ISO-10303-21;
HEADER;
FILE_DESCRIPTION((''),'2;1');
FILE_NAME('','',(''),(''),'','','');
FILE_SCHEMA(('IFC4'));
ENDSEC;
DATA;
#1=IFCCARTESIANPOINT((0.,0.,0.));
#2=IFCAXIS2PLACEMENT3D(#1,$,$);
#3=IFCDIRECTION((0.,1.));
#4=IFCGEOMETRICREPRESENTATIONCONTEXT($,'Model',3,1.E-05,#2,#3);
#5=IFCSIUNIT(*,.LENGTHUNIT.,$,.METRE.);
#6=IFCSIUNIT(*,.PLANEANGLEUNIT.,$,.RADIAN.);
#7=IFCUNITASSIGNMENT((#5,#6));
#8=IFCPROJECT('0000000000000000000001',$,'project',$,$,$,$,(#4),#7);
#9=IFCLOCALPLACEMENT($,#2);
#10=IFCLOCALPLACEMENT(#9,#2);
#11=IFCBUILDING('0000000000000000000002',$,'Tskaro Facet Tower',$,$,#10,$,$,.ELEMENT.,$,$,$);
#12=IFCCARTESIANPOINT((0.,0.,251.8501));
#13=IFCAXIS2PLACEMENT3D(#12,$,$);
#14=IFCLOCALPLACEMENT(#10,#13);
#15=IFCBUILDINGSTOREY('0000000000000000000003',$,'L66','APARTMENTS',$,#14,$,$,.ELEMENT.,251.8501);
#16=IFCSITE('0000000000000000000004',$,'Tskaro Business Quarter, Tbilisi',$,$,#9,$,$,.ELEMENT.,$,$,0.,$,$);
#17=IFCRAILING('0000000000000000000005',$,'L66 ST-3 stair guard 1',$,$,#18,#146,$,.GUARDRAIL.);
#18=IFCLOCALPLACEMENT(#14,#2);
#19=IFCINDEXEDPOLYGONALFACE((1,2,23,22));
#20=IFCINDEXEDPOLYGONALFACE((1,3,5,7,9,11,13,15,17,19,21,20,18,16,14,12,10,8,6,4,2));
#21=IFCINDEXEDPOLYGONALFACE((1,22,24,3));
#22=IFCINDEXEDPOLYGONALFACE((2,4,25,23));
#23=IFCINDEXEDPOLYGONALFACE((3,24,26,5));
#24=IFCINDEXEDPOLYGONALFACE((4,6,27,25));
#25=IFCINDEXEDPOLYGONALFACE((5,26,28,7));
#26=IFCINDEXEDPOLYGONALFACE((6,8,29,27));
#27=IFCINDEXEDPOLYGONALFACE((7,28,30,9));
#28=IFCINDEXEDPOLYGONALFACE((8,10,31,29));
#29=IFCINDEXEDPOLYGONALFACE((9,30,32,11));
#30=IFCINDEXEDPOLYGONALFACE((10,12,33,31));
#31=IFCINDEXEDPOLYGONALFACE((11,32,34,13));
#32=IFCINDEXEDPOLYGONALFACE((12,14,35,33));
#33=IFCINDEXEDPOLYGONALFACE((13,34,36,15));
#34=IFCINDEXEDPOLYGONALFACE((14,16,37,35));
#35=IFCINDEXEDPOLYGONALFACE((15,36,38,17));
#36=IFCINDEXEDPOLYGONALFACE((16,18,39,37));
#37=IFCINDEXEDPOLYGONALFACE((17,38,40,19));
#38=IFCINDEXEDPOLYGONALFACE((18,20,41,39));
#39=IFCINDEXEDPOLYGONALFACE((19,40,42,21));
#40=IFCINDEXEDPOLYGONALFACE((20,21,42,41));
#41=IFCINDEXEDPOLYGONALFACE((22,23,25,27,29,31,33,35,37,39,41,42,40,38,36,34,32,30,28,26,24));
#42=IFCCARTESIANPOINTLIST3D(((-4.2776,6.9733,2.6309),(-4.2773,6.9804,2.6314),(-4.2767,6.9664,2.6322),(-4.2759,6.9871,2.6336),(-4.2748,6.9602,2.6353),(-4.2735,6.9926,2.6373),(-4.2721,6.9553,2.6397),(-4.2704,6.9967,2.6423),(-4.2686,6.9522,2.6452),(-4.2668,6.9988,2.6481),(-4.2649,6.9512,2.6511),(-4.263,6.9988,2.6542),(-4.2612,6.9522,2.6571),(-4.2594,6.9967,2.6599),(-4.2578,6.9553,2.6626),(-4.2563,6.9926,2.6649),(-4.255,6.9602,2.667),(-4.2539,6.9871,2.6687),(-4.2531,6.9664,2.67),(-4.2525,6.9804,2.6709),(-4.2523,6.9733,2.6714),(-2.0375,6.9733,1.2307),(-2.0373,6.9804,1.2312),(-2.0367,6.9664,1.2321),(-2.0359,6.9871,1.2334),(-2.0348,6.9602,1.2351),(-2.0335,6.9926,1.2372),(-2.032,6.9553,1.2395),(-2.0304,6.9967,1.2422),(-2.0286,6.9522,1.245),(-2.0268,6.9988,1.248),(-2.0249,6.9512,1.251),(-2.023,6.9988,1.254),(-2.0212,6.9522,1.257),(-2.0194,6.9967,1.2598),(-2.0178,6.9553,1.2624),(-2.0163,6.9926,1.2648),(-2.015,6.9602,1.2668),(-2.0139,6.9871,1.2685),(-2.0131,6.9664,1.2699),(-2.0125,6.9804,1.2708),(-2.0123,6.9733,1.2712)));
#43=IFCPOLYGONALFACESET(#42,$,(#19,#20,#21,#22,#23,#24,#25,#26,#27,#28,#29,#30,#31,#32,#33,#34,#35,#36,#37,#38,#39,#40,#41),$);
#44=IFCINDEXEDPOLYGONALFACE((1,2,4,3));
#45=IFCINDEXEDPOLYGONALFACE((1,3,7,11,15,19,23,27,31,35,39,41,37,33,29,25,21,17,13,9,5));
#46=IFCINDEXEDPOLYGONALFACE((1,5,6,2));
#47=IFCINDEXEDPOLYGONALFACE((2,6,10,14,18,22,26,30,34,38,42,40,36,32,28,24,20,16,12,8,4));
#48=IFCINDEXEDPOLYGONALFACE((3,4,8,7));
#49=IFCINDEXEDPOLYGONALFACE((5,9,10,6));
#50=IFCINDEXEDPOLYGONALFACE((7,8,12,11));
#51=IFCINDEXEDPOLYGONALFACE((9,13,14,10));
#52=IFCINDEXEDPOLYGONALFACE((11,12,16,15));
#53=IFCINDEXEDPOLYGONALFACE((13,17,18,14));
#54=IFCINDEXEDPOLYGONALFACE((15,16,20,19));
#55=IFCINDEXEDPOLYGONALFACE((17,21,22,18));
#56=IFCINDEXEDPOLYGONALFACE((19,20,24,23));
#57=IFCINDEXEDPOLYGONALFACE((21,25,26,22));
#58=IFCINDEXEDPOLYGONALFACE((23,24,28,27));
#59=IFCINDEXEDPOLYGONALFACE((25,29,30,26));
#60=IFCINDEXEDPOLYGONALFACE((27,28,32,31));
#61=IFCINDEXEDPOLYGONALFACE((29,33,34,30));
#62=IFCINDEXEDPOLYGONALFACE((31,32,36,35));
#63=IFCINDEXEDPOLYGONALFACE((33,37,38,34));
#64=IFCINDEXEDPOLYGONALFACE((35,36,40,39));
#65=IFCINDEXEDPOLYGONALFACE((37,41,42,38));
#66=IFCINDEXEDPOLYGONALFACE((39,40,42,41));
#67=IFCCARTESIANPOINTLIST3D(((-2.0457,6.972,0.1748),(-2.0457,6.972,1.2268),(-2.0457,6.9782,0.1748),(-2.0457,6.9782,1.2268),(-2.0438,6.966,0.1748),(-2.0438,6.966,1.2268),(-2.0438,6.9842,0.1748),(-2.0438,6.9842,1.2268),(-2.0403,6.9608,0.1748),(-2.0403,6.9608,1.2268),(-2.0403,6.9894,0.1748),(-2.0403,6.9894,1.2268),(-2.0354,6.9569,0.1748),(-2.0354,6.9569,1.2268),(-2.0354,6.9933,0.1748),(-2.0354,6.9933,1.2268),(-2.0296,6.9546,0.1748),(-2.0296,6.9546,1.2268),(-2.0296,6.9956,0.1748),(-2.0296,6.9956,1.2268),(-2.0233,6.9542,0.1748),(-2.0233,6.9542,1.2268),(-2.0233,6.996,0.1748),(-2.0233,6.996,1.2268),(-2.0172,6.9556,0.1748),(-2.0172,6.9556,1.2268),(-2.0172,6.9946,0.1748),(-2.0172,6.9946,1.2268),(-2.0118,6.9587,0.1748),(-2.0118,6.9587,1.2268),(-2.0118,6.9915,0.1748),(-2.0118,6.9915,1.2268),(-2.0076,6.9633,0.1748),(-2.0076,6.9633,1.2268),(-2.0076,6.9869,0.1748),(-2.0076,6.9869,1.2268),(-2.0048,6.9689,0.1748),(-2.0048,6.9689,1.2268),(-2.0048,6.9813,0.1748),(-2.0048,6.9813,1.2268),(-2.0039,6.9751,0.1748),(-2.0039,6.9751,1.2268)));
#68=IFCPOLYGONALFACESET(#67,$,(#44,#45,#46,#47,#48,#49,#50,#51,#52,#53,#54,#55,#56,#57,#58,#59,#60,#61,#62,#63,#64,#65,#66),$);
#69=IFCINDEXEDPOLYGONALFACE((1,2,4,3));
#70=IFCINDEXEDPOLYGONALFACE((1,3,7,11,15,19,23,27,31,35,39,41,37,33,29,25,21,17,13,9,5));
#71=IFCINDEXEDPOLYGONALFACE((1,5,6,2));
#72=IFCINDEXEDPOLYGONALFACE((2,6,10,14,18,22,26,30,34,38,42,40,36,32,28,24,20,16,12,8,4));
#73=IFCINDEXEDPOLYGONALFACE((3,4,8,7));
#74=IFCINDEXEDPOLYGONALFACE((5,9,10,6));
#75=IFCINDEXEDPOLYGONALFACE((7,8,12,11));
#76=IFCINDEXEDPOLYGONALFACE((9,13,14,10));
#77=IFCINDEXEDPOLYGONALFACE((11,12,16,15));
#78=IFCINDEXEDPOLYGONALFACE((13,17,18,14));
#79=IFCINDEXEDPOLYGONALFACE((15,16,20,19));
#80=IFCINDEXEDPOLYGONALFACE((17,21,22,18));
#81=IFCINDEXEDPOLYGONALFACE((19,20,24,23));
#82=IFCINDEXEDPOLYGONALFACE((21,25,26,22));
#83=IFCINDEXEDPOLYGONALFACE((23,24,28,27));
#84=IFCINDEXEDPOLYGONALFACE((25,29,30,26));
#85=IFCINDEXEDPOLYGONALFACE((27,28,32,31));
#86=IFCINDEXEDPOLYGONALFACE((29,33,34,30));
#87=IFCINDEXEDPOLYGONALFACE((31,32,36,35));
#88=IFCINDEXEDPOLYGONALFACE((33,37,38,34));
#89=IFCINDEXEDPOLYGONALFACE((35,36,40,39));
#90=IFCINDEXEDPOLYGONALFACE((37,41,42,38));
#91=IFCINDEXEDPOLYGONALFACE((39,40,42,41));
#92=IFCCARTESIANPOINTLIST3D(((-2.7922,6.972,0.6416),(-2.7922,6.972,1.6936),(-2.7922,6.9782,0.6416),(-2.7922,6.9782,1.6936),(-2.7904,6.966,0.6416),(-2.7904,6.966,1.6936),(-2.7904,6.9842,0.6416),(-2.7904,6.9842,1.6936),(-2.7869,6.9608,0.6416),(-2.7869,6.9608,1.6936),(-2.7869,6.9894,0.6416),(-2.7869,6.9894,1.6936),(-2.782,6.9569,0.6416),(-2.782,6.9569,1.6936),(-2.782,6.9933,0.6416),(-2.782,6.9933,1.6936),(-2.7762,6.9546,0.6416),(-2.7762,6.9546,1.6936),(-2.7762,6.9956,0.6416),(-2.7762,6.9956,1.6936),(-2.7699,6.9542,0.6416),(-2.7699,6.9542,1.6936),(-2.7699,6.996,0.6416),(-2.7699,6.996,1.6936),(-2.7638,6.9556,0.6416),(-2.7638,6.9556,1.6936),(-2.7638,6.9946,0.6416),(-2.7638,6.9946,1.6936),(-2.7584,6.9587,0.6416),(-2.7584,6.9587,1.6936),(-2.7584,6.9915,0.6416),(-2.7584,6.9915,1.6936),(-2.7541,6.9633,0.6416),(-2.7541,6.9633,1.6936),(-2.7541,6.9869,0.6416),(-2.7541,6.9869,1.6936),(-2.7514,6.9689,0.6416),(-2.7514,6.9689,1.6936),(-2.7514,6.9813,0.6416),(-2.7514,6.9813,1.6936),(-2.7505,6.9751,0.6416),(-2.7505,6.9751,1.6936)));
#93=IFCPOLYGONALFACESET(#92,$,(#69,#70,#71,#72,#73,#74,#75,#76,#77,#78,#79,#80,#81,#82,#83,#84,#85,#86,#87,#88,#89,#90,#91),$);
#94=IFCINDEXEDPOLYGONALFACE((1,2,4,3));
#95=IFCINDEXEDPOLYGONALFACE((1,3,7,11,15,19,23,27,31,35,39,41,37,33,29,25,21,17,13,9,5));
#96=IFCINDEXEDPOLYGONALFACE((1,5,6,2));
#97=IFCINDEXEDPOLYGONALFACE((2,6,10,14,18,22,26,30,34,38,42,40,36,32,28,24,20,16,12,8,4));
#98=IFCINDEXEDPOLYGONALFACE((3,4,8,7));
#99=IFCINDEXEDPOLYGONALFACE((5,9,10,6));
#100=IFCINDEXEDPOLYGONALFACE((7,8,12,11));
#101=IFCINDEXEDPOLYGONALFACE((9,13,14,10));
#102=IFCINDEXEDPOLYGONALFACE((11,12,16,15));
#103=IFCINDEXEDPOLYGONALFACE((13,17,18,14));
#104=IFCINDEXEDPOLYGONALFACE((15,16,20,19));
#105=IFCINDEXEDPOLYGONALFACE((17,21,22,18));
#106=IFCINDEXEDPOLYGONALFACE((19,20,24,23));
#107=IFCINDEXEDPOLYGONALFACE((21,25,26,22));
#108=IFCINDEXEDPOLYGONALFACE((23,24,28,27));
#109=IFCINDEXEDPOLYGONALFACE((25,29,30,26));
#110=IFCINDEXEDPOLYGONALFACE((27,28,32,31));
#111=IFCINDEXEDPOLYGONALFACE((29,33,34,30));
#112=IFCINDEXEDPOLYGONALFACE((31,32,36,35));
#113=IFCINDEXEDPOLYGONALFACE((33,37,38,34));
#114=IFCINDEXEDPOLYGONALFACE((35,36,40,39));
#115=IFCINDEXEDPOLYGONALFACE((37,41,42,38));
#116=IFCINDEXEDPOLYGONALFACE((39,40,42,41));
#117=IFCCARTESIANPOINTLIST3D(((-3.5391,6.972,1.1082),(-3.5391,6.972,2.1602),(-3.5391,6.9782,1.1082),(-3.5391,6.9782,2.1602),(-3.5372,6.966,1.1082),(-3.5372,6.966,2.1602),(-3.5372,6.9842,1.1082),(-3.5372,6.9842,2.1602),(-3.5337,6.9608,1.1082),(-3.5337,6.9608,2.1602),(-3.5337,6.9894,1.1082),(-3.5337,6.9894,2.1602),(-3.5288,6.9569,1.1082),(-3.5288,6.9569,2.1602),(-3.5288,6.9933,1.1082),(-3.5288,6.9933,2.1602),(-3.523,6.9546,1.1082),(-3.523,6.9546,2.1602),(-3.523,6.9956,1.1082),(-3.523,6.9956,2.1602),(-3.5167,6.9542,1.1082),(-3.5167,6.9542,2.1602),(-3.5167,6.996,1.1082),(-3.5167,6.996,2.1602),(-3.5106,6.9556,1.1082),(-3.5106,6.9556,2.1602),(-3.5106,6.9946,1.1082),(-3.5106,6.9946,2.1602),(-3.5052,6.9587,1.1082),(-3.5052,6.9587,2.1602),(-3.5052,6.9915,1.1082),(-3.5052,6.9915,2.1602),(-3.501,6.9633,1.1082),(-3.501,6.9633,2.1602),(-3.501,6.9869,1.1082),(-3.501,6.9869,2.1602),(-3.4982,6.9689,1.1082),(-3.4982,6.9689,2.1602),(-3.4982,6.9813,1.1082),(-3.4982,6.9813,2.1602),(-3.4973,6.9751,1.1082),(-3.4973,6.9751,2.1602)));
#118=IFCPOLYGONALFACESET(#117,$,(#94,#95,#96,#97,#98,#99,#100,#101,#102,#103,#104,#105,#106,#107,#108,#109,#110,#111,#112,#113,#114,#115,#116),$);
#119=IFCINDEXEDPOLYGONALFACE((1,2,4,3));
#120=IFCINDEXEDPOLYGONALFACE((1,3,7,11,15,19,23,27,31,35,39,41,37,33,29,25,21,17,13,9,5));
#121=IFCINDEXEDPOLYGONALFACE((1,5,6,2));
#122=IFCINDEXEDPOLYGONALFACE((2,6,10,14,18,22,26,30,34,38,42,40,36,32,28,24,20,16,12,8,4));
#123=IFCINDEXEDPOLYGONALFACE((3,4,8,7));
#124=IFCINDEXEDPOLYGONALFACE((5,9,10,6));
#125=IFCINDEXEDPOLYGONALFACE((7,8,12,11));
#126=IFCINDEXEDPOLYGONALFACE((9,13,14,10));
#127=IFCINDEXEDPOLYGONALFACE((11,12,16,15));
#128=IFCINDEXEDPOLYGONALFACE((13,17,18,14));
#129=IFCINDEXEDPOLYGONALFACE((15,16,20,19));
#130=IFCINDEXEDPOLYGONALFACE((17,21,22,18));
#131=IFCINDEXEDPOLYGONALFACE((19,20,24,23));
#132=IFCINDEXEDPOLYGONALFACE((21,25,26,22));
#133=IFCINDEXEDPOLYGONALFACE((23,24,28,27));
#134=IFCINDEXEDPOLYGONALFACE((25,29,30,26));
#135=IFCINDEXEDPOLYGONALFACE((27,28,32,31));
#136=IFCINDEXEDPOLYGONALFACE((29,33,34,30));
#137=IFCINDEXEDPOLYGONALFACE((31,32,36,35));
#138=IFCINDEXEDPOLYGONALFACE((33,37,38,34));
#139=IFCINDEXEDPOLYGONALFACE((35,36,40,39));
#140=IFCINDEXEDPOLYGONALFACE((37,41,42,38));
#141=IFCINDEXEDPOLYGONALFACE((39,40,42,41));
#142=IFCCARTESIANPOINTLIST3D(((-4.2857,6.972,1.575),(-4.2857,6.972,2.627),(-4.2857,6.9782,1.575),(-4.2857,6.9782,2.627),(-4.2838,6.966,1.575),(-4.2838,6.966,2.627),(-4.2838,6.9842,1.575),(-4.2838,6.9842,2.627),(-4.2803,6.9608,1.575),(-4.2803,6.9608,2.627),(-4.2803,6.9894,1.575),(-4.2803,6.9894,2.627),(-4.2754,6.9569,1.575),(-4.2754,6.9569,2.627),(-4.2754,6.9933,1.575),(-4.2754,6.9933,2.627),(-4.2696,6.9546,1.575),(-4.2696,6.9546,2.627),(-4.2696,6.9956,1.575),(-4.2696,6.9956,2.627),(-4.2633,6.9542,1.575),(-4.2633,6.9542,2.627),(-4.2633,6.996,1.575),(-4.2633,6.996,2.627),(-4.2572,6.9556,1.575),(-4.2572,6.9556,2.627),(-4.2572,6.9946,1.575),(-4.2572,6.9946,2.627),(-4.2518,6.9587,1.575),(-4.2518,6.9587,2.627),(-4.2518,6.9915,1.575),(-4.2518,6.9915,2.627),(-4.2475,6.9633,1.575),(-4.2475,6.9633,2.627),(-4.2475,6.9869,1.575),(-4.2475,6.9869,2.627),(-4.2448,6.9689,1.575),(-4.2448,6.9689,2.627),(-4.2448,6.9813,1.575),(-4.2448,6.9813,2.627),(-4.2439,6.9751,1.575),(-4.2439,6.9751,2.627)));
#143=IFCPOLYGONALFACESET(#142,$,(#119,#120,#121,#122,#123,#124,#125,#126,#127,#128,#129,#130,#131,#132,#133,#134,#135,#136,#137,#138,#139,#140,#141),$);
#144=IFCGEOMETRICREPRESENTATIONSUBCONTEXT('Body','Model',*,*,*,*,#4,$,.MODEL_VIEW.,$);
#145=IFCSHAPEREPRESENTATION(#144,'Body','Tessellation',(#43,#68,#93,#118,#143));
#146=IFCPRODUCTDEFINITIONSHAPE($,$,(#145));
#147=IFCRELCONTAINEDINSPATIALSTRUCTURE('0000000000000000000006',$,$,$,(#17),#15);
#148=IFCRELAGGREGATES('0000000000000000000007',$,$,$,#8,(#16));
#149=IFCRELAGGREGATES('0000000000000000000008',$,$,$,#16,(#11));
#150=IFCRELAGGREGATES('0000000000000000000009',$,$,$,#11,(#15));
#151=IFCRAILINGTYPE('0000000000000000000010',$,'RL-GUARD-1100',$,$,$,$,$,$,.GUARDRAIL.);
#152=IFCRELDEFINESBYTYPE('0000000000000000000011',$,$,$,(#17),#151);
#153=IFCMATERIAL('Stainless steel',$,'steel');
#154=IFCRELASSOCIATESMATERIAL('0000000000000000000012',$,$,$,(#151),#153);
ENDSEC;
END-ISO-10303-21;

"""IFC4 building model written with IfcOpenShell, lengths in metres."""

from ifc_helpers import new_model, si_unit, direction, frame, origin, origin_2d, place, context, subcontext, project, spatial, circle, extrude, material, type_object, element, save


model = new_model("IFC4")

# Units and contexts
model_context = context("Model", 3, precision=1e-05, world=origin(), true_north=direction((0.0, 1.0)))
body_context = subcontext(model_context, "Body", "Model", "MODEL_VIEW")
ifc_project = project(units=[si_unit("LENGTHUNIT", "METRE"), si_unit("PLANEANGLEUNIT", "RADIAN")], contexts=[model_context])

# Site, building, storey
site_placement = place(None, origin())
site = spatial("IfcSite", under=ifc_project, at=site_placement, Name="Tskaro Business Quarter, Tbilisi", CompositionType="ELEMENT", RefElevation=0.0)
building_placement = place(site_placement, origin())
building = spatial("IfcBuilding", under=site, at=building_placement, Name="Tskaro Facet Tower", CompositionType="ELEMENT")
storey_placement = place(building_placement, frame((0.0, 0.0, 251.8501)))
storey = spatial("IfcBuildingStorey", under=building, at=storey_placement, Name="L66", Description="APARTMENTS", CompositionType="ELEMENT", Elevation=251.8501)

# Railing
ifc_material_1 = material(Name="Stainless steel", Category="steel")
railing_type_1 = type_object("IfcRailingType", Name="RL-GUARD-1100", PredefinedType="GUARDRAIL", material=ifc_material_1)
railing_1_placement = place(storey_placement, frame((-2.0249, 6.9751, 0.1748)))
element("IfcRailing", 1, at=railing_1_placement, inside=storey, type_object=railing_type_1, Name="L66 ST-3 stair guard 1", PredefinedType="GUARDRAIL", context=body_context, shape_type="SweptSolid", body=[
    extrude(circle(Radius=0.0239, at=origin_2d()), frame((0.0, 0.0, 1.0762), z_axis=(-0.847972, 0.0, 0.53004), x_axis=(0.0, -1.0, 0.0)), (0.0, 0.0, 1.0), 2.6416),
    extrude(circle(Radius=0.021, at=origin_2d()), origin(), (0.0, 0.0, 1.0), 1.052),
    extrude(circle(Radius=0.021, at=origin_2d()), frame((-0.7466, 0.0, 0.4668)), (0.0, 0.0, 1.0), 1.052),
    extrude(circle(Radius=0.021, at=origin_2d()), frame((-1.4934, 0.0, 0.9333)), (0.0, 0.0, 1.0), 1.052),
    extrude(circle(Radius=0.021, at=origin_2d()), frame((-2.24, 0.0, 1.4001)), (0.0, 0.0, 1.0), 1.052),
])

save(model, "model.ifc")
